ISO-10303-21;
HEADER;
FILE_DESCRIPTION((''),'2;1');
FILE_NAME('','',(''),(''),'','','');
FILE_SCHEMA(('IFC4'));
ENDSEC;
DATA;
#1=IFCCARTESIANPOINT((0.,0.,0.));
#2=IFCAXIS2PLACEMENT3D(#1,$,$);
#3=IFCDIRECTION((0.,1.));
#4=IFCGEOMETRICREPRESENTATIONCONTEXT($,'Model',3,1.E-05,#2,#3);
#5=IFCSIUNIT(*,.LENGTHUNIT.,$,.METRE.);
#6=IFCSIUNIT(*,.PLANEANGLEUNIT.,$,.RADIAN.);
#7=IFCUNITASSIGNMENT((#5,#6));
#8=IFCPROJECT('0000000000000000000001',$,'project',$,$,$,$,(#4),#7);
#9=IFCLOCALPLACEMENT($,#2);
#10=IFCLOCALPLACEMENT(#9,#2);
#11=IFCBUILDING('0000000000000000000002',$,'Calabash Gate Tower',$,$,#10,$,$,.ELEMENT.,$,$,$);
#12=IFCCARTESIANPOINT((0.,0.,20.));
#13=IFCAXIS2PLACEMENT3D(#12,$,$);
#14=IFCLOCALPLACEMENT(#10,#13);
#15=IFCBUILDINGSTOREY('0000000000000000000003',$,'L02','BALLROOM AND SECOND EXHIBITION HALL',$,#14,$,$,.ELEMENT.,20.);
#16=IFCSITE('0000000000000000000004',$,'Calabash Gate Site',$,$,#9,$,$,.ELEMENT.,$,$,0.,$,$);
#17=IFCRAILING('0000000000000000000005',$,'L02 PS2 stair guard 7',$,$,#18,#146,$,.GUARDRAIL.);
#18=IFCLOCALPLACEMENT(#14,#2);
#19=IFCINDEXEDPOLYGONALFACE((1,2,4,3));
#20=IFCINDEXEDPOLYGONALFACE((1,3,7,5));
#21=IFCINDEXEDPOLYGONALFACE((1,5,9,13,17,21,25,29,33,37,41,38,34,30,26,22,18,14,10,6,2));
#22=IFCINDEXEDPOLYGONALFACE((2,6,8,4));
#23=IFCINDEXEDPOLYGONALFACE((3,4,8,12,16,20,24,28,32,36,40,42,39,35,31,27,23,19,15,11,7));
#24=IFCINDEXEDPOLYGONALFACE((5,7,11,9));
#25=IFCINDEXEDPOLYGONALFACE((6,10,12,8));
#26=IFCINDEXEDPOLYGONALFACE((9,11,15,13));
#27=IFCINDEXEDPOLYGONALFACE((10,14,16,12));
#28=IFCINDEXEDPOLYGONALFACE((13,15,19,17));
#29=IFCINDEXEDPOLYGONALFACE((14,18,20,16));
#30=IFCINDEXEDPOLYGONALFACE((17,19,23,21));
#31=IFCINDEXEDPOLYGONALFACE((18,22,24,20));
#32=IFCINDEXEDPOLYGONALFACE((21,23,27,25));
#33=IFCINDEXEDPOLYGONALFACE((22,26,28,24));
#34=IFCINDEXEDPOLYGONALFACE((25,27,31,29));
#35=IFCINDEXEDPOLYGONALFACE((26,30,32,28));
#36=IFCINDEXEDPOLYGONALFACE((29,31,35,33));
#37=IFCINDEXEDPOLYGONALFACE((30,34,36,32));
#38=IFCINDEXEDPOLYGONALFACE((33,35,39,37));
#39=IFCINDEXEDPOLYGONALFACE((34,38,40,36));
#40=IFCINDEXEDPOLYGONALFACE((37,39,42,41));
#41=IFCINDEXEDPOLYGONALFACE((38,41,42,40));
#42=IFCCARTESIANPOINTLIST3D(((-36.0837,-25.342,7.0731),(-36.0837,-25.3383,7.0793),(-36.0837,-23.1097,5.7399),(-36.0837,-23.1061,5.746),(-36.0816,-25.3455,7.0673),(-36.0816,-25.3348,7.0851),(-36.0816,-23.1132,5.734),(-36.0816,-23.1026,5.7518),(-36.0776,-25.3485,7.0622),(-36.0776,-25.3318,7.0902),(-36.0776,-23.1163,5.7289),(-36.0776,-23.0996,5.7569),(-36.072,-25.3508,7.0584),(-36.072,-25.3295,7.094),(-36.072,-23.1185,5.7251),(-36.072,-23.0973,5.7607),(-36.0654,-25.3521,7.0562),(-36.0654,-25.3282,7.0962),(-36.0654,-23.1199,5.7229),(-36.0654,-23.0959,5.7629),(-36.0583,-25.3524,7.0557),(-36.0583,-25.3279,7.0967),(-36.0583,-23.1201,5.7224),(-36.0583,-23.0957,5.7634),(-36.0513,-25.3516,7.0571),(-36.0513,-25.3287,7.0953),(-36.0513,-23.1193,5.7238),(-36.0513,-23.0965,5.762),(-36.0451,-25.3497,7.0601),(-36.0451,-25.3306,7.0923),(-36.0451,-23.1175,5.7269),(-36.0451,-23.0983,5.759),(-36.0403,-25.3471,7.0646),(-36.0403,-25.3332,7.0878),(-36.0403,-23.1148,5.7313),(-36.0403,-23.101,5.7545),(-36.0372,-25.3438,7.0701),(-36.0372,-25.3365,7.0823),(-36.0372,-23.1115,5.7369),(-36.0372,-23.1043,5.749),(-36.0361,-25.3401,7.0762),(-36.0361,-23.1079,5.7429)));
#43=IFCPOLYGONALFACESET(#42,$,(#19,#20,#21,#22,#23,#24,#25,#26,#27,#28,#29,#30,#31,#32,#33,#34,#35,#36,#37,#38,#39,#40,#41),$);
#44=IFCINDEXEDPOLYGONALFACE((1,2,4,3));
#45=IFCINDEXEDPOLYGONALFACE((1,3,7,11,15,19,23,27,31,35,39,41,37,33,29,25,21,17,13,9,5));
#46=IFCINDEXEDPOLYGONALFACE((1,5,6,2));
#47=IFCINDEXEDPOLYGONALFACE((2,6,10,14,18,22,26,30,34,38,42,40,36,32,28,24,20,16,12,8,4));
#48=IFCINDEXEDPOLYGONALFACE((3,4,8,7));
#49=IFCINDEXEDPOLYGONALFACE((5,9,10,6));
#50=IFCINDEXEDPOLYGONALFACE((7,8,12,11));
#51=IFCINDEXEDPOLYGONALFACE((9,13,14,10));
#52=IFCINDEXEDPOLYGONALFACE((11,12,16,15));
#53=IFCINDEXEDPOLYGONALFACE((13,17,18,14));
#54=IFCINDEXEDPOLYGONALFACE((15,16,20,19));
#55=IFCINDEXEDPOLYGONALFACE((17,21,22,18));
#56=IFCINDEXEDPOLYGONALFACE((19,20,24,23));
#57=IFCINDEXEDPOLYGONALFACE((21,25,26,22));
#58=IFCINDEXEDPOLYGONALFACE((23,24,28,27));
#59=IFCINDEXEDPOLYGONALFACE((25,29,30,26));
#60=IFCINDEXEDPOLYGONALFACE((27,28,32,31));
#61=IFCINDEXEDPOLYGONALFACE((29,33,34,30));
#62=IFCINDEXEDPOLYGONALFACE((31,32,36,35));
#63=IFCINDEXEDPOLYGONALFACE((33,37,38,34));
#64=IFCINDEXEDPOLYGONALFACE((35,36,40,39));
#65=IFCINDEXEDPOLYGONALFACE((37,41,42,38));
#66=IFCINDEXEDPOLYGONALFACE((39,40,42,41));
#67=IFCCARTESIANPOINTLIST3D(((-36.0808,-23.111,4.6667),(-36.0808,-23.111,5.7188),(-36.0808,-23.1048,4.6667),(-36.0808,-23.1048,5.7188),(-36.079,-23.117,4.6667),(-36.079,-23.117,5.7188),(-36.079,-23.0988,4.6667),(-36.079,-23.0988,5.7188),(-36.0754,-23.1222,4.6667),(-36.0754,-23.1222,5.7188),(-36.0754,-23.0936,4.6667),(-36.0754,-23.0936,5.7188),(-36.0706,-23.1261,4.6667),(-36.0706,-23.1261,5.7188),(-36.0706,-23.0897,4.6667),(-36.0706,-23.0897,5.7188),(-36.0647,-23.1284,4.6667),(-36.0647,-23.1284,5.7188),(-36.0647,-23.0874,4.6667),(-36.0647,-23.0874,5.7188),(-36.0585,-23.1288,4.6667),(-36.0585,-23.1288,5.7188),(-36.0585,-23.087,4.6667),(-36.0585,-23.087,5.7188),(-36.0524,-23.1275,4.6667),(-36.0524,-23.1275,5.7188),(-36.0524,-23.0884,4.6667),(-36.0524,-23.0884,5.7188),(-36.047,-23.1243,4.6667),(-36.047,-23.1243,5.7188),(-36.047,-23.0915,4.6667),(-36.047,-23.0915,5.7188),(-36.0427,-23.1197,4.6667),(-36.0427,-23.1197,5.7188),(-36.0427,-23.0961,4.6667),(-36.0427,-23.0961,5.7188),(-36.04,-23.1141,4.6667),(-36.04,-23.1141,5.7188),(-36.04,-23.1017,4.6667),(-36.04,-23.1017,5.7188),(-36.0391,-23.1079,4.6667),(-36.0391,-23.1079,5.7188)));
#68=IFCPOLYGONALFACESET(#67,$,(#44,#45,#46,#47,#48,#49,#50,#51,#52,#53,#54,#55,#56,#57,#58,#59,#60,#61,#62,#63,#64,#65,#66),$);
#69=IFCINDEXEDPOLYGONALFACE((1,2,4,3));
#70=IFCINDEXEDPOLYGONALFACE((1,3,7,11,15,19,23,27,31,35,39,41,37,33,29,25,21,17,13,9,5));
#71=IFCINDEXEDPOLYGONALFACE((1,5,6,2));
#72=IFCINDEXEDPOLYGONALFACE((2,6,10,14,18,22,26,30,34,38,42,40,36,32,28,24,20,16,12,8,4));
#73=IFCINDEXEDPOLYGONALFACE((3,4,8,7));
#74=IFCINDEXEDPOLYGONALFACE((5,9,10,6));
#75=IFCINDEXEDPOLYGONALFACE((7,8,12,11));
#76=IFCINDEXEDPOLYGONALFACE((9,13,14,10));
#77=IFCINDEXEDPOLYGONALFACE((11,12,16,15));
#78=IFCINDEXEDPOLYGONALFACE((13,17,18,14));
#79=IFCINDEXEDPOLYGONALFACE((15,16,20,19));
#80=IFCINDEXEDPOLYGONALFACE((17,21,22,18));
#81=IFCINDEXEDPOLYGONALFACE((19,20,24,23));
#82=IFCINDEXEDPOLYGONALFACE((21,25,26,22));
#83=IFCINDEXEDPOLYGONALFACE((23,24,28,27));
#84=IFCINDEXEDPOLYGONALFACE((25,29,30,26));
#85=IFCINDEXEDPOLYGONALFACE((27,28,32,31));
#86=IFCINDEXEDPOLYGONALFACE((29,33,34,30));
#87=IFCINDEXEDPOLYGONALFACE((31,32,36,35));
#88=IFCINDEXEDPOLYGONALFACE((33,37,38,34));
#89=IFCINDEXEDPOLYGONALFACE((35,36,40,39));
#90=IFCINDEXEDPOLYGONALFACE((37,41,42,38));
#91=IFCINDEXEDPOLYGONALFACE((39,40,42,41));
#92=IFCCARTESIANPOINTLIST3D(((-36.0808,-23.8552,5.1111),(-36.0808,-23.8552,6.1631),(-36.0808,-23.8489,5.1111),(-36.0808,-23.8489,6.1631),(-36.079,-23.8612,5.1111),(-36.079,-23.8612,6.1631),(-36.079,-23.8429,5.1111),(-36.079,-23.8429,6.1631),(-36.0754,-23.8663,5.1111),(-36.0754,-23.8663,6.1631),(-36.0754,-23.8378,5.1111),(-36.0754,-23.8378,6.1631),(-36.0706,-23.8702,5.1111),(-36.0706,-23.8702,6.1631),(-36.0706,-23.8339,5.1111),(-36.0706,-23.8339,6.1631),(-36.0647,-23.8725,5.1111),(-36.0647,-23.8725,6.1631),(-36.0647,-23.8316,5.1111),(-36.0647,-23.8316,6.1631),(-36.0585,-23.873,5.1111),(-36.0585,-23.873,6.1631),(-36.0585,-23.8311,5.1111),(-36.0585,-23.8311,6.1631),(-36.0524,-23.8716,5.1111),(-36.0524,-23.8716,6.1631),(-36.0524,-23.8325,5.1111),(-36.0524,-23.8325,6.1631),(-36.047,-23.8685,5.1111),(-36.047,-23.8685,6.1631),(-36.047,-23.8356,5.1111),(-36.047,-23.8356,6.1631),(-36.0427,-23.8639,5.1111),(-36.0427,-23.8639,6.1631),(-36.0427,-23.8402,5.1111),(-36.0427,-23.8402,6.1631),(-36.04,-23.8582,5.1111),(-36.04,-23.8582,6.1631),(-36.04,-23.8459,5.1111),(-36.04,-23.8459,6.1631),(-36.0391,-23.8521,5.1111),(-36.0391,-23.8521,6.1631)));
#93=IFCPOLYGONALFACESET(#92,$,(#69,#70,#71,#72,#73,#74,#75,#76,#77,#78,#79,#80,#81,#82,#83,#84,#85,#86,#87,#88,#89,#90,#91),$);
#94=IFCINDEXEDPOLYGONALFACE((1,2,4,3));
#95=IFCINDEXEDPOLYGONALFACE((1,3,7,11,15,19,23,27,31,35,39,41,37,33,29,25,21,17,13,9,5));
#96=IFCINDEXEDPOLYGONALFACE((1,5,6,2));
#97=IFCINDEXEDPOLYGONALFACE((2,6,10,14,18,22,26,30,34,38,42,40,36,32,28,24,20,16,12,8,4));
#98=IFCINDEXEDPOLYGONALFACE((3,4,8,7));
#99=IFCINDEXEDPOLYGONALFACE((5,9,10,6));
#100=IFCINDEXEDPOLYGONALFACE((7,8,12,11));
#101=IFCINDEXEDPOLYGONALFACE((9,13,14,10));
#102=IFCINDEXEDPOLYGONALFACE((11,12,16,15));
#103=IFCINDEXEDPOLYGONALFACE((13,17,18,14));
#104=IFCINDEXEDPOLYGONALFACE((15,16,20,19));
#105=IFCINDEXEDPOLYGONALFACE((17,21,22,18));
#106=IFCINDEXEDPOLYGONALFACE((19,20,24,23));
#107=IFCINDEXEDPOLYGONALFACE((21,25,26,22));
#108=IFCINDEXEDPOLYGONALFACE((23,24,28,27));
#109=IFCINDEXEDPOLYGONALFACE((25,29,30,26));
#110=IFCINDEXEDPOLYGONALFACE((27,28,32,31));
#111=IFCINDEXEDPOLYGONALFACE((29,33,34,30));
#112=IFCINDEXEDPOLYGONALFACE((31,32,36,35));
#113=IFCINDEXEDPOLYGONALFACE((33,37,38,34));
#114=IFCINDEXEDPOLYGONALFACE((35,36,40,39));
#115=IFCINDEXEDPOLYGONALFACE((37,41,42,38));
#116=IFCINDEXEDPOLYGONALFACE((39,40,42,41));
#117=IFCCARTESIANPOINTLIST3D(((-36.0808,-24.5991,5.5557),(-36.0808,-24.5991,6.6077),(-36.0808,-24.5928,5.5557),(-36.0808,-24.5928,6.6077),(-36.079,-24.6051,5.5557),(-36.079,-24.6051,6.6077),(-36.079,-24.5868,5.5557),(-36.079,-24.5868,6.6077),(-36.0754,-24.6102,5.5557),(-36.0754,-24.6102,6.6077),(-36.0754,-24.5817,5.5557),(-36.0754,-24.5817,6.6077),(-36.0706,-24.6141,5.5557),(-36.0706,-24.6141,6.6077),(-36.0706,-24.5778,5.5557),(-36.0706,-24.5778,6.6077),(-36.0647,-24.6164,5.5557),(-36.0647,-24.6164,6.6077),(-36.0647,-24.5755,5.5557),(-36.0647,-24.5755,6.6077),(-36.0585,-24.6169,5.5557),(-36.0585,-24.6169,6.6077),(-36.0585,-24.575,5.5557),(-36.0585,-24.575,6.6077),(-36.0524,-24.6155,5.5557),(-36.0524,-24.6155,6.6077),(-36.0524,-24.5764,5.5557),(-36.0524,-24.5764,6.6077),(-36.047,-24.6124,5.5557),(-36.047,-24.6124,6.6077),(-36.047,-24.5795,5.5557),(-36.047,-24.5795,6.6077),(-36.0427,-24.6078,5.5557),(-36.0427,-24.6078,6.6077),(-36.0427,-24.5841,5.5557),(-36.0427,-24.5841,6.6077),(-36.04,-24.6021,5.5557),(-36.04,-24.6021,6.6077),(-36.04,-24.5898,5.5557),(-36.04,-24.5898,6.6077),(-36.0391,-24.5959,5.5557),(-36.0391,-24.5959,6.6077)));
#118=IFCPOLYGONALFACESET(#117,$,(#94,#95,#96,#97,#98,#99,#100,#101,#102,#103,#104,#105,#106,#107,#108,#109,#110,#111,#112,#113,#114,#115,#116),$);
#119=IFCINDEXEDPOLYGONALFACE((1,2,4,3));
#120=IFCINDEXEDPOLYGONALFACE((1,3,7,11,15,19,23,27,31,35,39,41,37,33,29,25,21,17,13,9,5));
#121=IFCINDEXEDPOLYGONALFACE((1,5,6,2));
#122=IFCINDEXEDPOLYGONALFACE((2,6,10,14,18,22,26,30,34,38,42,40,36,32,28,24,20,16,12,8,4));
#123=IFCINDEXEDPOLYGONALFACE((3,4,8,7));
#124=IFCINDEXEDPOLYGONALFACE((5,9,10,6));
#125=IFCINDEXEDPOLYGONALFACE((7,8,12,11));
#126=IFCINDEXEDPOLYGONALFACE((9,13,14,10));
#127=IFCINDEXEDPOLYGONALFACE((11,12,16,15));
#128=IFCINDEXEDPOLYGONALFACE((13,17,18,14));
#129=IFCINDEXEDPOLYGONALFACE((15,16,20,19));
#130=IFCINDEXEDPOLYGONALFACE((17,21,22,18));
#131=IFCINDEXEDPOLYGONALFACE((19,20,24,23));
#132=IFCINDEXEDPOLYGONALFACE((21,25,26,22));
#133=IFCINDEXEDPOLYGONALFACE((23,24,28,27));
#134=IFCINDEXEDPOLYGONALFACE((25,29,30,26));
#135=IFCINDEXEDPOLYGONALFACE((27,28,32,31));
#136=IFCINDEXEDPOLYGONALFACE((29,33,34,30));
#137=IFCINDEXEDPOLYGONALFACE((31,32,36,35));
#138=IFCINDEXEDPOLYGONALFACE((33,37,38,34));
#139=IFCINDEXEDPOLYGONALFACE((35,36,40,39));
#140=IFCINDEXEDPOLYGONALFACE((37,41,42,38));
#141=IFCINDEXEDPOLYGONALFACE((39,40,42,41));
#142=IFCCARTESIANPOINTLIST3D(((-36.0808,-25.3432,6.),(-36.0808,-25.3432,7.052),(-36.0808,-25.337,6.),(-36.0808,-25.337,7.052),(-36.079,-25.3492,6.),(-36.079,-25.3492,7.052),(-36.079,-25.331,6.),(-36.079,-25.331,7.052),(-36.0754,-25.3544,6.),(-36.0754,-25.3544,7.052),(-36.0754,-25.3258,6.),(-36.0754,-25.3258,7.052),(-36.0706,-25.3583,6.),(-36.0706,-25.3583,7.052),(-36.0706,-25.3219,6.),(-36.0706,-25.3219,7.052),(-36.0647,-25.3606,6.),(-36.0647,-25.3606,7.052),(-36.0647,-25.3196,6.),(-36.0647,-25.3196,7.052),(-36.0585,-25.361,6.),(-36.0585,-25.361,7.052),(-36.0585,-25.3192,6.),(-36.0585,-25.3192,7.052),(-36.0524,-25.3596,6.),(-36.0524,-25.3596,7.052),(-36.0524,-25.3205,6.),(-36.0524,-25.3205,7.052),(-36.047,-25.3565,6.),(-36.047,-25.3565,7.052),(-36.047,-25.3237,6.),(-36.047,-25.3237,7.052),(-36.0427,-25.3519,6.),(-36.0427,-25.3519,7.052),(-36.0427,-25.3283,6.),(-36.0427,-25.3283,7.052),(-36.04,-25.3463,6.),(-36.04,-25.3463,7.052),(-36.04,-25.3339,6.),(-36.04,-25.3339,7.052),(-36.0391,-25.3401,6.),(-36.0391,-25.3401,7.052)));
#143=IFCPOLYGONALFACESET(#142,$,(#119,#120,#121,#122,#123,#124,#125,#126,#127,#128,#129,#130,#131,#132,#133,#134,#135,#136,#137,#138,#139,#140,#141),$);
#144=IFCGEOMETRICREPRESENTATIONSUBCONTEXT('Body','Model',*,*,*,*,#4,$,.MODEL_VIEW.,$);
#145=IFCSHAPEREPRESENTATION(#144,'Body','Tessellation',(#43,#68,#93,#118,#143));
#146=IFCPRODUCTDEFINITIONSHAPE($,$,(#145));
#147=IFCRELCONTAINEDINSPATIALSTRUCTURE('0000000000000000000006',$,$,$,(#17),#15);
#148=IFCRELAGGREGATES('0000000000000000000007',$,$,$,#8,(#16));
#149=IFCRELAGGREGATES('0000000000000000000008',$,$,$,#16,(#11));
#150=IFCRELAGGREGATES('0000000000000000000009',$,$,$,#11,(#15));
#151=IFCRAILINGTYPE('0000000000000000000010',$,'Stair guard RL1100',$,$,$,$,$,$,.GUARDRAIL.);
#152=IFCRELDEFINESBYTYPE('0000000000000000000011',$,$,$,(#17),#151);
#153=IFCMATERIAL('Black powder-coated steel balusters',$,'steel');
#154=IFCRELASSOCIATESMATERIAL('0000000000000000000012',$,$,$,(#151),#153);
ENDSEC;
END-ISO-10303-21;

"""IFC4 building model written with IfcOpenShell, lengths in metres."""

from ifc_helpers import new_model, si_unit, direction, frame, origin, origin_2d, place, context, subcontext, project, spatial, circle, extrude, material, type_object, element, save


model = new_model("IFC4")

# Units and contexts
model_context = context("Model", 3, precision=1e-05, world=origin(), true_north=direction((0.0, 1.0)))
body_context = subcontext(model_context, "Body", "Model", "MODEL_VIEW")
ifc_project = project(units=[si_unit("LENGTHUNIT", "METRE"), si_unit("PLANEANGLEUNIT", "RADIAN")], contexts=[model_context])

# Site, building, storey
site_placement = place(None, origin())
site = spatial("IfcSite", under=ifc_project, at=site_placement, Name="Calabash Gate Site", CompositionType="ELEMENT", RefElevation=0.0)
building_placement = place(site_placement, origin())
building = spatial("IfcBuilding", under=site, at=building_placement, Name="Calabash Gate Tower", CompositionType="ELEMENT")
storey_placement = place(building_placement, frame((0.0, 0.0, 20.0)))
storey = spatial("IfcBuildingStorey", under=building, at=storey_placement, Name="L02", Description="BALLROOM AND SECOND EXHIBITION HALL", CompositionType="ELEMENT", Elevation=20.0)

# Railing
ifc_material_1 = material(Name="Black powder-coated steel balusters", Category="steel")
railing_type_1 = type_object("IfcRailingType", Name="Stair guard RL1100", PredefinedType="GUARDRAIL", material=ifc_material_1)
railing_1_placement = place(storey_placement, frame((-36.0601, -23.1079, 4.6667)))
element("IfcRailing", 1, at=railing_1_placement, inside=storey, type_object=railing_type_1, Name="L02 PS2 stair guard 7", PredefinedType="GUARDRAIL", context=body_context, shape_type="SweptSolid", body=[
    extrude(circle(Radius=0.0239, at=origin_2d()), frame((0.0, 0.0, 1.0762), z_axis=(0.0, -0.858519, 0.512782), x_axis=(1.0, 0.0, 0.0)), (0.0, 0.0, 1.0), 2.6001),
    extrude(circle(Radius=0.021, at=origin_2d()), origin(), (0.0, 0.0, 1.0), 1.052),
    extrude(circle(Radius=0.021, at=origin_2d()), frame((0.0, -0.7441, 0.4443)), (0.0, 0.0, 1.0), 1.052),
    extrude(circle(Radius=0.021, at=origin_2d()), frame((0.0, -1.488, 0.8889)), (0.0, 0.0, 1.0), 1.052),
    extrude(circle(Radius=0.021, at=origin_2d()), frame((0.0, -2.2322, 1.3333)), (0.0, 0.0, 1.0), 1.052),
])

save(model, "model.ifc")
